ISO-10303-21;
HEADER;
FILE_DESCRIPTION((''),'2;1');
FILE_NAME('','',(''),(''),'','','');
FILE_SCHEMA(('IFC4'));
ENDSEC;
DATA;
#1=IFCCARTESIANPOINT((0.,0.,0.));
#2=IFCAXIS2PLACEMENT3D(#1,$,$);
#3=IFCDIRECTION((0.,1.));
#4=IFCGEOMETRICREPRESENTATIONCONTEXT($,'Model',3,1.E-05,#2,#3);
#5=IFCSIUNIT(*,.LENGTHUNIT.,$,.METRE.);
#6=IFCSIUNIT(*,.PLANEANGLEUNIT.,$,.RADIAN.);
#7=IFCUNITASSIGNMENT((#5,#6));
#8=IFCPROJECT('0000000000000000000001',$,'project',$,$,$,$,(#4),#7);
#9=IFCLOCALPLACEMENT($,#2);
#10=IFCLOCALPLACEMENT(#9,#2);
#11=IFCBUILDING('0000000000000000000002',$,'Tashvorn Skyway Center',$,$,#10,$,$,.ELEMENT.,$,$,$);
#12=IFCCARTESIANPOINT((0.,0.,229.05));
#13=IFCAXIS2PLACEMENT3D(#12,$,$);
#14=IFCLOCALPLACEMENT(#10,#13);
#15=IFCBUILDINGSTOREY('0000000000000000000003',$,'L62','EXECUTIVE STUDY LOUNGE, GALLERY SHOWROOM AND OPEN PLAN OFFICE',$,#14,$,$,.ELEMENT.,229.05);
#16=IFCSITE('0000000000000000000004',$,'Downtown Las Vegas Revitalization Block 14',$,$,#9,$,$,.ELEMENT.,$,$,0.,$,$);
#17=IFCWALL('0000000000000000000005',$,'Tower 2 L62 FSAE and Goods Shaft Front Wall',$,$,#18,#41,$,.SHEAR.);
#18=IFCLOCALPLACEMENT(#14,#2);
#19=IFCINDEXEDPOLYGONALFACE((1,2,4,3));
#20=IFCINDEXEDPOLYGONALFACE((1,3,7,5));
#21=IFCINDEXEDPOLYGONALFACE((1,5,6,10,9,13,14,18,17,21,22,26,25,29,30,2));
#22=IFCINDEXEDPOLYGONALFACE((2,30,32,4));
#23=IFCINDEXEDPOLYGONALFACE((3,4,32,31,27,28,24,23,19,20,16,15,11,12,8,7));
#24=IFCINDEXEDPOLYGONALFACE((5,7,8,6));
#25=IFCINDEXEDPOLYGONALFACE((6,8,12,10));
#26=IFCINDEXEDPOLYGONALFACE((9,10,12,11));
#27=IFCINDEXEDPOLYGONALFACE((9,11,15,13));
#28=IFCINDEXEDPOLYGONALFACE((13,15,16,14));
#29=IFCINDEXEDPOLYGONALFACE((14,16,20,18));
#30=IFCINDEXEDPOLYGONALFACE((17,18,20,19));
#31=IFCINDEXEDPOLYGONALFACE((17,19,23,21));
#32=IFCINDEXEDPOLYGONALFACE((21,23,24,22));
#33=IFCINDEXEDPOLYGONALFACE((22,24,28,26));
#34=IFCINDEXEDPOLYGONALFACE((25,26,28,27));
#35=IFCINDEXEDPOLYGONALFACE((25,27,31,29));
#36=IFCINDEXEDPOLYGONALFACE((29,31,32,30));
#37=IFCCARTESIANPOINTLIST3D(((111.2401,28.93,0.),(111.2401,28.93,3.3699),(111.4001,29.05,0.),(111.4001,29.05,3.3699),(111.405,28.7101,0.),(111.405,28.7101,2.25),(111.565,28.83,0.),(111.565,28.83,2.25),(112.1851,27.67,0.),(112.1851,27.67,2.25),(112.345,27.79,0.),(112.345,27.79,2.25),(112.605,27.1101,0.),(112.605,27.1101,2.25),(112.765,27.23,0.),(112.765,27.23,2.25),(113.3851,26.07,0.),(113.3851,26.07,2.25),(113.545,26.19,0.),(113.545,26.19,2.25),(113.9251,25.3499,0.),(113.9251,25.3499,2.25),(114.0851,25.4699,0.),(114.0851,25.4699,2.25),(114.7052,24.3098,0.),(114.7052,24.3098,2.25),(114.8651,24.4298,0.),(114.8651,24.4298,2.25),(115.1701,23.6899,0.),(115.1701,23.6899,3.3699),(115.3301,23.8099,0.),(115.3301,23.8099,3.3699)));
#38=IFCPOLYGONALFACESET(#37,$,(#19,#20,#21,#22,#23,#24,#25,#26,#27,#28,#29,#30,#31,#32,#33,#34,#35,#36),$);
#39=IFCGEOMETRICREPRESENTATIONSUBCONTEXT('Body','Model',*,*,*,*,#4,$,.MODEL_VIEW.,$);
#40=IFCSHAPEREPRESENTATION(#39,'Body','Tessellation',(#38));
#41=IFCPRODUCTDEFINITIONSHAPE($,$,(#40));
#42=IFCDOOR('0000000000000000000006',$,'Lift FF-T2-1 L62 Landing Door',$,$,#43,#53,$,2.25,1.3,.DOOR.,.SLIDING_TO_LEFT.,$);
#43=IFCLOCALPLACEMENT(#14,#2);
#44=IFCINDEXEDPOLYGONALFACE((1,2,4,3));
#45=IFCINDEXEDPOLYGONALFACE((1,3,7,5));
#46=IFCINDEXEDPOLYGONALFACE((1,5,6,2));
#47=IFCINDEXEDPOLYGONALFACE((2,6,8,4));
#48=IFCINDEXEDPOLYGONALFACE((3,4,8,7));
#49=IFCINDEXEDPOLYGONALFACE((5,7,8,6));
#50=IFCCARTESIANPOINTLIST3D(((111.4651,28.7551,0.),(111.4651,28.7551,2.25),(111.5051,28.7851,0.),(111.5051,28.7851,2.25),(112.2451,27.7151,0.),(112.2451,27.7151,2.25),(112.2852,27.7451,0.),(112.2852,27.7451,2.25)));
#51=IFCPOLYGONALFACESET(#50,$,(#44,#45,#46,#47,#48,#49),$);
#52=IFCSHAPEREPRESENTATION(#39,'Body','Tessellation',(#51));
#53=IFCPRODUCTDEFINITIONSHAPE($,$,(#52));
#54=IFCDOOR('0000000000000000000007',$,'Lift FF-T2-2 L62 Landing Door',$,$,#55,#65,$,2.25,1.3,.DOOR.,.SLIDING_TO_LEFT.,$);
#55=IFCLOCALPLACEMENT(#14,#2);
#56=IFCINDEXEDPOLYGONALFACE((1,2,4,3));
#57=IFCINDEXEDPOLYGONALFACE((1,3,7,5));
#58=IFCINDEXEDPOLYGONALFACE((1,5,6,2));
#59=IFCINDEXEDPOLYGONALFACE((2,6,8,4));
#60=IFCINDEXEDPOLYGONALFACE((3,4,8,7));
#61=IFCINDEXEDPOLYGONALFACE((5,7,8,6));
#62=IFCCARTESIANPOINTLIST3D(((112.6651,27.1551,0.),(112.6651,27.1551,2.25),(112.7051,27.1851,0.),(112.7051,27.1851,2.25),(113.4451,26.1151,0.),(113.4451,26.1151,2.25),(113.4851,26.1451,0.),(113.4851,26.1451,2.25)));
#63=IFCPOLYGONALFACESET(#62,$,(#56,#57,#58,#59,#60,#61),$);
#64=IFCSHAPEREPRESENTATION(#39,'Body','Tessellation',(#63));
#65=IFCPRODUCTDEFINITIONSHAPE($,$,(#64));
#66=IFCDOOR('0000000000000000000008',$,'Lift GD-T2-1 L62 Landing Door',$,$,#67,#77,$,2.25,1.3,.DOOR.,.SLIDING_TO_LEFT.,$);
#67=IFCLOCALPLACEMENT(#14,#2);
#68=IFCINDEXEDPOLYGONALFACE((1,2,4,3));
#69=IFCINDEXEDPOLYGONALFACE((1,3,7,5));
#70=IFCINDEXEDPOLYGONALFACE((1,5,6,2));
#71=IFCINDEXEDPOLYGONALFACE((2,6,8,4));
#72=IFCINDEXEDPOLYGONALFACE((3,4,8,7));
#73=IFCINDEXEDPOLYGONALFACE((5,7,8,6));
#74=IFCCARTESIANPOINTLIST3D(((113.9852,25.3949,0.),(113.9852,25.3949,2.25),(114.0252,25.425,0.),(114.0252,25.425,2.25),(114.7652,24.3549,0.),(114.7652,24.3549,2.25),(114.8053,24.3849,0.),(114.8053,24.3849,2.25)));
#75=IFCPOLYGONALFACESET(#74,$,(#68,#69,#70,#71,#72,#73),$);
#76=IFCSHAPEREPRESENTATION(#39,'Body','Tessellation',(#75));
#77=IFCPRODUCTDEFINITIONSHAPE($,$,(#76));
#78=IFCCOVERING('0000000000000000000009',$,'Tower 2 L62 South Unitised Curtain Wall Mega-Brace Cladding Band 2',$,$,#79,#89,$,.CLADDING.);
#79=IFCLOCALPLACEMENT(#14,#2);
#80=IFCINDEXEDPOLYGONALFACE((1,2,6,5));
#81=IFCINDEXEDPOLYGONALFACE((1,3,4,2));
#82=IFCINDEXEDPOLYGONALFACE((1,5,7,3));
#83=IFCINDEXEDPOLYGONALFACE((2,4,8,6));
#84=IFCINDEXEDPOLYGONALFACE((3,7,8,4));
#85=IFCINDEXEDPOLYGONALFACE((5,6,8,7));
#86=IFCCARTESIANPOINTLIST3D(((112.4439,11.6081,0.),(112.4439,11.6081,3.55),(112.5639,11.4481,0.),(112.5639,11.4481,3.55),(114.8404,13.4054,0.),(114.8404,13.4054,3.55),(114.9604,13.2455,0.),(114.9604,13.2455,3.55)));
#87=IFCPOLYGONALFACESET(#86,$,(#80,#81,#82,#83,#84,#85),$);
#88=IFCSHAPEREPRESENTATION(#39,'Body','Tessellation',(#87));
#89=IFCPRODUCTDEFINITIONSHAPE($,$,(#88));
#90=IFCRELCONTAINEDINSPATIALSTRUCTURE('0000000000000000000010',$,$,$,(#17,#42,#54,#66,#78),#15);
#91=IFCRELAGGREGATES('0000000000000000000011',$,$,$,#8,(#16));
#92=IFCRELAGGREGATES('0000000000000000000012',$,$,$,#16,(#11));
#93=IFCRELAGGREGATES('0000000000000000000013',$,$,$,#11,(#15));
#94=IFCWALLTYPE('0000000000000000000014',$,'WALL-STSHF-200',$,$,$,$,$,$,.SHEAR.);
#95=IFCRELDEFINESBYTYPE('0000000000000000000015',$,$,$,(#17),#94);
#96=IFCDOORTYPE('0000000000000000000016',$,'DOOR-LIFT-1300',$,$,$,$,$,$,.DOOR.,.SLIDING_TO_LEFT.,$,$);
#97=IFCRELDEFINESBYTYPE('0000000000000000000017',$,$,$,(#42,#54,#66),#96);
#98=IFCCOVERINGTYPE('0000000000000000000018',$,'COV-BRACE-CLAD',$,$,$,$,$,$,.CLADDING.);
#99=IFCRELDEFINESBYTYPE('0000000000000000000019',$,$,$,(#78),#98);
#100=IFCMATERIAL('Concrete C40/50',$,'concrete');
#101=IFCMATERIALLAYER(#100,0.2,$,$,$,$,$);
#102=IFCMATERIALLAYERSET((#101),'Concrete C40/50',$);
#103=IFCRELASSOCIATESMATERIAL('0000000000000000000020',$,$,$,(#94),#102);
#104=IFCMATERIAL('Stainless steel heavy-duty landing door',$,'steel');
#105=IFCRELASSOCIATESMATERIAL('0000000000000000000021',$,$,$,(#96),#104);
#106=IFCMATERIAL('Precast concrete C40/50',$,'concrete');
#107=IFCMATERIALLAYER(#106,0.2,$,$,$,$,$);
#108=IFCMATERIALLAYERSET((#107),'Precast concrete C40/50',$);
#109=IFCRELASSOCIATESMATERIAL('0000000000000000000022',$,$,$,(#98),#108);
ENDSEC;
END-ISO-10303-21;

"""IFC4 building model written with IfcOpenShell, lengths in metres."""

from ifc_helpers import new_model, si_unit, direction, frame, frame_2d, origin, origin_2d, place, context, subcontext, project, spatial, rectangle, extrude, material, layer, layer_set, type_object, element, fill, save


model = new_model("IFC4")

# Units and contexts
model_context = context("Model", 3, precision=1e-05, world=origin(), true_north=direction((0.0, 1.0)))
body_context = subcontext(model_context, "Body", "Model", "MODEL_VIEW")
ifc_project = project(units=[si_unit("LENGTHUNIT", "METRE"), si_unit("PLANEANGLEUNIT", "RADIAN")], contexts=[model_context])

# Site, building, storey
site_placement = place(None, origin())
site = spatial("IfcSite", under=ifc_project, at=site_placement, Name="Downtown Las Vegas Revitalization Block 14", CompositionType="ELEMENT", RefElevation=0.0)
building_placement = place(site_placement, origin())
building = spatial("IfcBuilding", under=site, at=building_placement, Name="Tashvorn Skyway Center", CompositionType="ELEMENT")
storey_placement = place(building_placement, frame((0.0, 0.0, 229.05)))
storey = spatial("IfcBuildingStorey", under=building, at=storey_placement, Name="L62", Description="EXECUTIVE STUDY LOUNGE, GALLERY SHOWROOM AND OPEN PLAN OFFICE", CompositionType="ELEMENT", Elevation=229.05)

# Shared definitions
ifc_material_1 = material(Name="Concrete C40/50", Category="concrete")

# Wall, openings, doors
ifc_layer_1 = layer(ifc_material_1, 0.2)
ifc_layer_set_1 = layer_set([ifc_layer_1], Name="Concrete C40/50")
wall_type_1 = type_object("IfcWallType", Name="WALL-STSHF-200", PredefinedType="SHEAR", material=ifc_layer_set_1)
wall_1_placement = place(storey_placement, frame((115.25, 23.75, 0.0), z_axis=(0.0, 0.0, 1.0), x_axis=(-0.599994, 0.800004, 0.0)))
wall_1 = element("IfcWall", 1, at=wall_1_placement, inside=storey, type_object=wall_type_1, Name="Tower 2 L62 FSAE and Goods Shaft Front Wall", PredefinedType="SHEAR", context=body_context, shape_type="SweptSolid", body=[
    extrude(rectangle(XDim=6.55, YDim=0.2, at=frame_2d((3.2749, 0.0))), origin(), (0.0, 0.0, 1.0), 3.3699),
])
opening_1_placement = place(wall_1_placement, frame((4.9751, 0.0, 0.0)))
opening_1 = element("IfcOpeningElement", 2, at=opening_1_placement, cuts=wall_1, PredefinedType="OPENING", context=body_context, shape_type="SweptSolid", body=[
    extrude(rectangle(XDim=1.3, YDim=2.25, at=frame_2d((0.6499, 1.125))), frame((0.0, 0.1099, 0.0), z_axis=(0.0, -1.0, 0.0), x_axis=(1.0, 0.0, 0.0)), (0.0, 0.0, 1.0), 0.22),
])
opening_2_placement = place(wall_1_placement, frame((2.9751, 0.0, 0.0)))
opening_2 = element("IfcOpeningElement", 3, at=opening_2_placement, cuts=wall_1, PredefinedType="OPENING", context=body_context, shape_type="SweptSolid", body=[
    extrude(rectangle(XDim=1.3, YDim=2.25, at=frame_2d((0.6499, 1.125))), frame((0.0, 0.1099, 0.0), z_axis=(0.0, -1.0, 0.0), x_axis=(1.0, 0.0, 0.0)), (0.0, 0.0, 1.0), 0.22),
])
opening_3_placement = place(wall_1_placement, frame((0.7749, 0.0, 0.0)))
opening_3 = element("IfcOpeningElement", 4, at=opening_3_placement, cuts=wall_1, PredefinedType="OPENING", context=body_context, shape_type="SweptSolid", body=[
    extrude(rectangle(XDim=1.3, YDim=2.25, at=frame_2d((0.6499, 1.125))), frame((0.0, 0.1099, 0.0), z_axis=(0.0, -1.0, 0.0), x_axis=(1.0, 0.0, 0.0)), (0.0, 0.0, 1.0), 0.22),
])
ifc_material_2 = material(Name="Stainless steel heavy-duty landing door", Category="steel")
door_type_1 = type_object("IfcDoorType", Name="DOOR-LIFT-1300", OperationType="SLIDING_TO_LEFT", PredefinedType="DOOR", material=ifc_material_2)
door_1_placement = place(opening_1_placement, origin())
door_1 = element("IfcDoor", 5, at=door_1_placement, inside=storey, type_object=door_type_1, Name="Lift FF-T2-1 L62 Landing Door", OperationType="SLIDING_TO_LEFT", OverallHeight=2.25, OverallWidth=1.3, PredefinedType="DOOR", context=body_context, shape_type="SweptSolid", body=[
    extrude(rectangle(XDim=1.3, YDim=2.25, at=frame_2d((0.6499, 1.125))), frame((0.0, 0.0249, 0.0), z_axis=(0.0, -1.0, 0.0), x_axis=(1.0, 0.0, 0.0)), (0.0, 0.0, 1.0), 0.05),
])
fill(opening_1, door_1)
door_2_placement = place(opening_2_placement, origin())
door_2 = element("IfcDoor", 6, at=door_2_placement, inside=storey, type_object=door_type_1, Name="Lift FF-T2-2 L62 Landing Door", OperationType="SLIDING_TO_LEFT", OverallHeight=2.25, OverallWidth=1.3, PredefinedType="DOOR", context=body_context, shape_type="SweptSolid", body=[
    extrude(rectangle(XDim=1.3, YDim=2.25, at=frame_2d((0.6499, 1.125))), frame((0.0, 0.0249, 0.0), z_axis=(0.0, -1.0, 0.0), x_axis=(1.0, 0.0, 0.0)), (0.0, 0.0, 1.0), 0.05),
])
fill(opening_2, door_2)
door_3_placement = place(opening_3_placement, origin())
door_3 = element("IfcDoor", 7, at=door_3_placement, inside=storey, type_object=door_type_1, Name="Lift GD-T2-1 L62 Landing Door", OperationType="SLIDING_TO_LEFT", OverallHeight=2.25, OverallWidth=1.3, PredefinedType="DOOR", context=body_context, shape_type="SweptSolid", body=[
    extrude(rectangle(XDim=1.3, YDim=2.25, at=frame_2d((0.6499, 1.125))), frame((0.0, 0.0249, 0.0), z_axis=(0.0, -1.0, 0.0), x_axis=(1.0, 0.0, 0.0)), (0.0, 0.0, 1.0), 0.05),
])
fill(opening_3, door_3)

# Covering
ifc_material_3 = material(Name="Precast concrete C40/50", Category="concrete")
ifc_layer_2 = layer(ifc_material_3, 0.2)
ifc_layer_set_2 = layer_set([ifc_layer_2], Name="Precast concrete C40/50")
covering_type = type_object("IfcCoveringType", Name="COV-BRACE-CLAD", PredefinedType="CLADDING", material=ifc_layer_set_2)
covering_placement = place(storey_placement, frame((113.7021, 12.4268, 0.0), z_axis=(0.0, 0.0, 1.0), x_axis=(-0.8, -0.6, 0.0)))
element("IfcCovering", 8, at=covering_placement, inside=storey, type_object=covering_type, Name="Tower 2 L62 South Unitised Curtain Wall Mega-Brace Cladding Band 2", PredefinedType="CLADDING", context=body_context, shape_type="SweptSolid", body=[
    extrude(rectangle(XDim=2.9956, YDim=0.2, at=origin_2d()), origin(), (0.0, 0.0, 1.0), 3.55),
])

save(model, "model.ifc")
